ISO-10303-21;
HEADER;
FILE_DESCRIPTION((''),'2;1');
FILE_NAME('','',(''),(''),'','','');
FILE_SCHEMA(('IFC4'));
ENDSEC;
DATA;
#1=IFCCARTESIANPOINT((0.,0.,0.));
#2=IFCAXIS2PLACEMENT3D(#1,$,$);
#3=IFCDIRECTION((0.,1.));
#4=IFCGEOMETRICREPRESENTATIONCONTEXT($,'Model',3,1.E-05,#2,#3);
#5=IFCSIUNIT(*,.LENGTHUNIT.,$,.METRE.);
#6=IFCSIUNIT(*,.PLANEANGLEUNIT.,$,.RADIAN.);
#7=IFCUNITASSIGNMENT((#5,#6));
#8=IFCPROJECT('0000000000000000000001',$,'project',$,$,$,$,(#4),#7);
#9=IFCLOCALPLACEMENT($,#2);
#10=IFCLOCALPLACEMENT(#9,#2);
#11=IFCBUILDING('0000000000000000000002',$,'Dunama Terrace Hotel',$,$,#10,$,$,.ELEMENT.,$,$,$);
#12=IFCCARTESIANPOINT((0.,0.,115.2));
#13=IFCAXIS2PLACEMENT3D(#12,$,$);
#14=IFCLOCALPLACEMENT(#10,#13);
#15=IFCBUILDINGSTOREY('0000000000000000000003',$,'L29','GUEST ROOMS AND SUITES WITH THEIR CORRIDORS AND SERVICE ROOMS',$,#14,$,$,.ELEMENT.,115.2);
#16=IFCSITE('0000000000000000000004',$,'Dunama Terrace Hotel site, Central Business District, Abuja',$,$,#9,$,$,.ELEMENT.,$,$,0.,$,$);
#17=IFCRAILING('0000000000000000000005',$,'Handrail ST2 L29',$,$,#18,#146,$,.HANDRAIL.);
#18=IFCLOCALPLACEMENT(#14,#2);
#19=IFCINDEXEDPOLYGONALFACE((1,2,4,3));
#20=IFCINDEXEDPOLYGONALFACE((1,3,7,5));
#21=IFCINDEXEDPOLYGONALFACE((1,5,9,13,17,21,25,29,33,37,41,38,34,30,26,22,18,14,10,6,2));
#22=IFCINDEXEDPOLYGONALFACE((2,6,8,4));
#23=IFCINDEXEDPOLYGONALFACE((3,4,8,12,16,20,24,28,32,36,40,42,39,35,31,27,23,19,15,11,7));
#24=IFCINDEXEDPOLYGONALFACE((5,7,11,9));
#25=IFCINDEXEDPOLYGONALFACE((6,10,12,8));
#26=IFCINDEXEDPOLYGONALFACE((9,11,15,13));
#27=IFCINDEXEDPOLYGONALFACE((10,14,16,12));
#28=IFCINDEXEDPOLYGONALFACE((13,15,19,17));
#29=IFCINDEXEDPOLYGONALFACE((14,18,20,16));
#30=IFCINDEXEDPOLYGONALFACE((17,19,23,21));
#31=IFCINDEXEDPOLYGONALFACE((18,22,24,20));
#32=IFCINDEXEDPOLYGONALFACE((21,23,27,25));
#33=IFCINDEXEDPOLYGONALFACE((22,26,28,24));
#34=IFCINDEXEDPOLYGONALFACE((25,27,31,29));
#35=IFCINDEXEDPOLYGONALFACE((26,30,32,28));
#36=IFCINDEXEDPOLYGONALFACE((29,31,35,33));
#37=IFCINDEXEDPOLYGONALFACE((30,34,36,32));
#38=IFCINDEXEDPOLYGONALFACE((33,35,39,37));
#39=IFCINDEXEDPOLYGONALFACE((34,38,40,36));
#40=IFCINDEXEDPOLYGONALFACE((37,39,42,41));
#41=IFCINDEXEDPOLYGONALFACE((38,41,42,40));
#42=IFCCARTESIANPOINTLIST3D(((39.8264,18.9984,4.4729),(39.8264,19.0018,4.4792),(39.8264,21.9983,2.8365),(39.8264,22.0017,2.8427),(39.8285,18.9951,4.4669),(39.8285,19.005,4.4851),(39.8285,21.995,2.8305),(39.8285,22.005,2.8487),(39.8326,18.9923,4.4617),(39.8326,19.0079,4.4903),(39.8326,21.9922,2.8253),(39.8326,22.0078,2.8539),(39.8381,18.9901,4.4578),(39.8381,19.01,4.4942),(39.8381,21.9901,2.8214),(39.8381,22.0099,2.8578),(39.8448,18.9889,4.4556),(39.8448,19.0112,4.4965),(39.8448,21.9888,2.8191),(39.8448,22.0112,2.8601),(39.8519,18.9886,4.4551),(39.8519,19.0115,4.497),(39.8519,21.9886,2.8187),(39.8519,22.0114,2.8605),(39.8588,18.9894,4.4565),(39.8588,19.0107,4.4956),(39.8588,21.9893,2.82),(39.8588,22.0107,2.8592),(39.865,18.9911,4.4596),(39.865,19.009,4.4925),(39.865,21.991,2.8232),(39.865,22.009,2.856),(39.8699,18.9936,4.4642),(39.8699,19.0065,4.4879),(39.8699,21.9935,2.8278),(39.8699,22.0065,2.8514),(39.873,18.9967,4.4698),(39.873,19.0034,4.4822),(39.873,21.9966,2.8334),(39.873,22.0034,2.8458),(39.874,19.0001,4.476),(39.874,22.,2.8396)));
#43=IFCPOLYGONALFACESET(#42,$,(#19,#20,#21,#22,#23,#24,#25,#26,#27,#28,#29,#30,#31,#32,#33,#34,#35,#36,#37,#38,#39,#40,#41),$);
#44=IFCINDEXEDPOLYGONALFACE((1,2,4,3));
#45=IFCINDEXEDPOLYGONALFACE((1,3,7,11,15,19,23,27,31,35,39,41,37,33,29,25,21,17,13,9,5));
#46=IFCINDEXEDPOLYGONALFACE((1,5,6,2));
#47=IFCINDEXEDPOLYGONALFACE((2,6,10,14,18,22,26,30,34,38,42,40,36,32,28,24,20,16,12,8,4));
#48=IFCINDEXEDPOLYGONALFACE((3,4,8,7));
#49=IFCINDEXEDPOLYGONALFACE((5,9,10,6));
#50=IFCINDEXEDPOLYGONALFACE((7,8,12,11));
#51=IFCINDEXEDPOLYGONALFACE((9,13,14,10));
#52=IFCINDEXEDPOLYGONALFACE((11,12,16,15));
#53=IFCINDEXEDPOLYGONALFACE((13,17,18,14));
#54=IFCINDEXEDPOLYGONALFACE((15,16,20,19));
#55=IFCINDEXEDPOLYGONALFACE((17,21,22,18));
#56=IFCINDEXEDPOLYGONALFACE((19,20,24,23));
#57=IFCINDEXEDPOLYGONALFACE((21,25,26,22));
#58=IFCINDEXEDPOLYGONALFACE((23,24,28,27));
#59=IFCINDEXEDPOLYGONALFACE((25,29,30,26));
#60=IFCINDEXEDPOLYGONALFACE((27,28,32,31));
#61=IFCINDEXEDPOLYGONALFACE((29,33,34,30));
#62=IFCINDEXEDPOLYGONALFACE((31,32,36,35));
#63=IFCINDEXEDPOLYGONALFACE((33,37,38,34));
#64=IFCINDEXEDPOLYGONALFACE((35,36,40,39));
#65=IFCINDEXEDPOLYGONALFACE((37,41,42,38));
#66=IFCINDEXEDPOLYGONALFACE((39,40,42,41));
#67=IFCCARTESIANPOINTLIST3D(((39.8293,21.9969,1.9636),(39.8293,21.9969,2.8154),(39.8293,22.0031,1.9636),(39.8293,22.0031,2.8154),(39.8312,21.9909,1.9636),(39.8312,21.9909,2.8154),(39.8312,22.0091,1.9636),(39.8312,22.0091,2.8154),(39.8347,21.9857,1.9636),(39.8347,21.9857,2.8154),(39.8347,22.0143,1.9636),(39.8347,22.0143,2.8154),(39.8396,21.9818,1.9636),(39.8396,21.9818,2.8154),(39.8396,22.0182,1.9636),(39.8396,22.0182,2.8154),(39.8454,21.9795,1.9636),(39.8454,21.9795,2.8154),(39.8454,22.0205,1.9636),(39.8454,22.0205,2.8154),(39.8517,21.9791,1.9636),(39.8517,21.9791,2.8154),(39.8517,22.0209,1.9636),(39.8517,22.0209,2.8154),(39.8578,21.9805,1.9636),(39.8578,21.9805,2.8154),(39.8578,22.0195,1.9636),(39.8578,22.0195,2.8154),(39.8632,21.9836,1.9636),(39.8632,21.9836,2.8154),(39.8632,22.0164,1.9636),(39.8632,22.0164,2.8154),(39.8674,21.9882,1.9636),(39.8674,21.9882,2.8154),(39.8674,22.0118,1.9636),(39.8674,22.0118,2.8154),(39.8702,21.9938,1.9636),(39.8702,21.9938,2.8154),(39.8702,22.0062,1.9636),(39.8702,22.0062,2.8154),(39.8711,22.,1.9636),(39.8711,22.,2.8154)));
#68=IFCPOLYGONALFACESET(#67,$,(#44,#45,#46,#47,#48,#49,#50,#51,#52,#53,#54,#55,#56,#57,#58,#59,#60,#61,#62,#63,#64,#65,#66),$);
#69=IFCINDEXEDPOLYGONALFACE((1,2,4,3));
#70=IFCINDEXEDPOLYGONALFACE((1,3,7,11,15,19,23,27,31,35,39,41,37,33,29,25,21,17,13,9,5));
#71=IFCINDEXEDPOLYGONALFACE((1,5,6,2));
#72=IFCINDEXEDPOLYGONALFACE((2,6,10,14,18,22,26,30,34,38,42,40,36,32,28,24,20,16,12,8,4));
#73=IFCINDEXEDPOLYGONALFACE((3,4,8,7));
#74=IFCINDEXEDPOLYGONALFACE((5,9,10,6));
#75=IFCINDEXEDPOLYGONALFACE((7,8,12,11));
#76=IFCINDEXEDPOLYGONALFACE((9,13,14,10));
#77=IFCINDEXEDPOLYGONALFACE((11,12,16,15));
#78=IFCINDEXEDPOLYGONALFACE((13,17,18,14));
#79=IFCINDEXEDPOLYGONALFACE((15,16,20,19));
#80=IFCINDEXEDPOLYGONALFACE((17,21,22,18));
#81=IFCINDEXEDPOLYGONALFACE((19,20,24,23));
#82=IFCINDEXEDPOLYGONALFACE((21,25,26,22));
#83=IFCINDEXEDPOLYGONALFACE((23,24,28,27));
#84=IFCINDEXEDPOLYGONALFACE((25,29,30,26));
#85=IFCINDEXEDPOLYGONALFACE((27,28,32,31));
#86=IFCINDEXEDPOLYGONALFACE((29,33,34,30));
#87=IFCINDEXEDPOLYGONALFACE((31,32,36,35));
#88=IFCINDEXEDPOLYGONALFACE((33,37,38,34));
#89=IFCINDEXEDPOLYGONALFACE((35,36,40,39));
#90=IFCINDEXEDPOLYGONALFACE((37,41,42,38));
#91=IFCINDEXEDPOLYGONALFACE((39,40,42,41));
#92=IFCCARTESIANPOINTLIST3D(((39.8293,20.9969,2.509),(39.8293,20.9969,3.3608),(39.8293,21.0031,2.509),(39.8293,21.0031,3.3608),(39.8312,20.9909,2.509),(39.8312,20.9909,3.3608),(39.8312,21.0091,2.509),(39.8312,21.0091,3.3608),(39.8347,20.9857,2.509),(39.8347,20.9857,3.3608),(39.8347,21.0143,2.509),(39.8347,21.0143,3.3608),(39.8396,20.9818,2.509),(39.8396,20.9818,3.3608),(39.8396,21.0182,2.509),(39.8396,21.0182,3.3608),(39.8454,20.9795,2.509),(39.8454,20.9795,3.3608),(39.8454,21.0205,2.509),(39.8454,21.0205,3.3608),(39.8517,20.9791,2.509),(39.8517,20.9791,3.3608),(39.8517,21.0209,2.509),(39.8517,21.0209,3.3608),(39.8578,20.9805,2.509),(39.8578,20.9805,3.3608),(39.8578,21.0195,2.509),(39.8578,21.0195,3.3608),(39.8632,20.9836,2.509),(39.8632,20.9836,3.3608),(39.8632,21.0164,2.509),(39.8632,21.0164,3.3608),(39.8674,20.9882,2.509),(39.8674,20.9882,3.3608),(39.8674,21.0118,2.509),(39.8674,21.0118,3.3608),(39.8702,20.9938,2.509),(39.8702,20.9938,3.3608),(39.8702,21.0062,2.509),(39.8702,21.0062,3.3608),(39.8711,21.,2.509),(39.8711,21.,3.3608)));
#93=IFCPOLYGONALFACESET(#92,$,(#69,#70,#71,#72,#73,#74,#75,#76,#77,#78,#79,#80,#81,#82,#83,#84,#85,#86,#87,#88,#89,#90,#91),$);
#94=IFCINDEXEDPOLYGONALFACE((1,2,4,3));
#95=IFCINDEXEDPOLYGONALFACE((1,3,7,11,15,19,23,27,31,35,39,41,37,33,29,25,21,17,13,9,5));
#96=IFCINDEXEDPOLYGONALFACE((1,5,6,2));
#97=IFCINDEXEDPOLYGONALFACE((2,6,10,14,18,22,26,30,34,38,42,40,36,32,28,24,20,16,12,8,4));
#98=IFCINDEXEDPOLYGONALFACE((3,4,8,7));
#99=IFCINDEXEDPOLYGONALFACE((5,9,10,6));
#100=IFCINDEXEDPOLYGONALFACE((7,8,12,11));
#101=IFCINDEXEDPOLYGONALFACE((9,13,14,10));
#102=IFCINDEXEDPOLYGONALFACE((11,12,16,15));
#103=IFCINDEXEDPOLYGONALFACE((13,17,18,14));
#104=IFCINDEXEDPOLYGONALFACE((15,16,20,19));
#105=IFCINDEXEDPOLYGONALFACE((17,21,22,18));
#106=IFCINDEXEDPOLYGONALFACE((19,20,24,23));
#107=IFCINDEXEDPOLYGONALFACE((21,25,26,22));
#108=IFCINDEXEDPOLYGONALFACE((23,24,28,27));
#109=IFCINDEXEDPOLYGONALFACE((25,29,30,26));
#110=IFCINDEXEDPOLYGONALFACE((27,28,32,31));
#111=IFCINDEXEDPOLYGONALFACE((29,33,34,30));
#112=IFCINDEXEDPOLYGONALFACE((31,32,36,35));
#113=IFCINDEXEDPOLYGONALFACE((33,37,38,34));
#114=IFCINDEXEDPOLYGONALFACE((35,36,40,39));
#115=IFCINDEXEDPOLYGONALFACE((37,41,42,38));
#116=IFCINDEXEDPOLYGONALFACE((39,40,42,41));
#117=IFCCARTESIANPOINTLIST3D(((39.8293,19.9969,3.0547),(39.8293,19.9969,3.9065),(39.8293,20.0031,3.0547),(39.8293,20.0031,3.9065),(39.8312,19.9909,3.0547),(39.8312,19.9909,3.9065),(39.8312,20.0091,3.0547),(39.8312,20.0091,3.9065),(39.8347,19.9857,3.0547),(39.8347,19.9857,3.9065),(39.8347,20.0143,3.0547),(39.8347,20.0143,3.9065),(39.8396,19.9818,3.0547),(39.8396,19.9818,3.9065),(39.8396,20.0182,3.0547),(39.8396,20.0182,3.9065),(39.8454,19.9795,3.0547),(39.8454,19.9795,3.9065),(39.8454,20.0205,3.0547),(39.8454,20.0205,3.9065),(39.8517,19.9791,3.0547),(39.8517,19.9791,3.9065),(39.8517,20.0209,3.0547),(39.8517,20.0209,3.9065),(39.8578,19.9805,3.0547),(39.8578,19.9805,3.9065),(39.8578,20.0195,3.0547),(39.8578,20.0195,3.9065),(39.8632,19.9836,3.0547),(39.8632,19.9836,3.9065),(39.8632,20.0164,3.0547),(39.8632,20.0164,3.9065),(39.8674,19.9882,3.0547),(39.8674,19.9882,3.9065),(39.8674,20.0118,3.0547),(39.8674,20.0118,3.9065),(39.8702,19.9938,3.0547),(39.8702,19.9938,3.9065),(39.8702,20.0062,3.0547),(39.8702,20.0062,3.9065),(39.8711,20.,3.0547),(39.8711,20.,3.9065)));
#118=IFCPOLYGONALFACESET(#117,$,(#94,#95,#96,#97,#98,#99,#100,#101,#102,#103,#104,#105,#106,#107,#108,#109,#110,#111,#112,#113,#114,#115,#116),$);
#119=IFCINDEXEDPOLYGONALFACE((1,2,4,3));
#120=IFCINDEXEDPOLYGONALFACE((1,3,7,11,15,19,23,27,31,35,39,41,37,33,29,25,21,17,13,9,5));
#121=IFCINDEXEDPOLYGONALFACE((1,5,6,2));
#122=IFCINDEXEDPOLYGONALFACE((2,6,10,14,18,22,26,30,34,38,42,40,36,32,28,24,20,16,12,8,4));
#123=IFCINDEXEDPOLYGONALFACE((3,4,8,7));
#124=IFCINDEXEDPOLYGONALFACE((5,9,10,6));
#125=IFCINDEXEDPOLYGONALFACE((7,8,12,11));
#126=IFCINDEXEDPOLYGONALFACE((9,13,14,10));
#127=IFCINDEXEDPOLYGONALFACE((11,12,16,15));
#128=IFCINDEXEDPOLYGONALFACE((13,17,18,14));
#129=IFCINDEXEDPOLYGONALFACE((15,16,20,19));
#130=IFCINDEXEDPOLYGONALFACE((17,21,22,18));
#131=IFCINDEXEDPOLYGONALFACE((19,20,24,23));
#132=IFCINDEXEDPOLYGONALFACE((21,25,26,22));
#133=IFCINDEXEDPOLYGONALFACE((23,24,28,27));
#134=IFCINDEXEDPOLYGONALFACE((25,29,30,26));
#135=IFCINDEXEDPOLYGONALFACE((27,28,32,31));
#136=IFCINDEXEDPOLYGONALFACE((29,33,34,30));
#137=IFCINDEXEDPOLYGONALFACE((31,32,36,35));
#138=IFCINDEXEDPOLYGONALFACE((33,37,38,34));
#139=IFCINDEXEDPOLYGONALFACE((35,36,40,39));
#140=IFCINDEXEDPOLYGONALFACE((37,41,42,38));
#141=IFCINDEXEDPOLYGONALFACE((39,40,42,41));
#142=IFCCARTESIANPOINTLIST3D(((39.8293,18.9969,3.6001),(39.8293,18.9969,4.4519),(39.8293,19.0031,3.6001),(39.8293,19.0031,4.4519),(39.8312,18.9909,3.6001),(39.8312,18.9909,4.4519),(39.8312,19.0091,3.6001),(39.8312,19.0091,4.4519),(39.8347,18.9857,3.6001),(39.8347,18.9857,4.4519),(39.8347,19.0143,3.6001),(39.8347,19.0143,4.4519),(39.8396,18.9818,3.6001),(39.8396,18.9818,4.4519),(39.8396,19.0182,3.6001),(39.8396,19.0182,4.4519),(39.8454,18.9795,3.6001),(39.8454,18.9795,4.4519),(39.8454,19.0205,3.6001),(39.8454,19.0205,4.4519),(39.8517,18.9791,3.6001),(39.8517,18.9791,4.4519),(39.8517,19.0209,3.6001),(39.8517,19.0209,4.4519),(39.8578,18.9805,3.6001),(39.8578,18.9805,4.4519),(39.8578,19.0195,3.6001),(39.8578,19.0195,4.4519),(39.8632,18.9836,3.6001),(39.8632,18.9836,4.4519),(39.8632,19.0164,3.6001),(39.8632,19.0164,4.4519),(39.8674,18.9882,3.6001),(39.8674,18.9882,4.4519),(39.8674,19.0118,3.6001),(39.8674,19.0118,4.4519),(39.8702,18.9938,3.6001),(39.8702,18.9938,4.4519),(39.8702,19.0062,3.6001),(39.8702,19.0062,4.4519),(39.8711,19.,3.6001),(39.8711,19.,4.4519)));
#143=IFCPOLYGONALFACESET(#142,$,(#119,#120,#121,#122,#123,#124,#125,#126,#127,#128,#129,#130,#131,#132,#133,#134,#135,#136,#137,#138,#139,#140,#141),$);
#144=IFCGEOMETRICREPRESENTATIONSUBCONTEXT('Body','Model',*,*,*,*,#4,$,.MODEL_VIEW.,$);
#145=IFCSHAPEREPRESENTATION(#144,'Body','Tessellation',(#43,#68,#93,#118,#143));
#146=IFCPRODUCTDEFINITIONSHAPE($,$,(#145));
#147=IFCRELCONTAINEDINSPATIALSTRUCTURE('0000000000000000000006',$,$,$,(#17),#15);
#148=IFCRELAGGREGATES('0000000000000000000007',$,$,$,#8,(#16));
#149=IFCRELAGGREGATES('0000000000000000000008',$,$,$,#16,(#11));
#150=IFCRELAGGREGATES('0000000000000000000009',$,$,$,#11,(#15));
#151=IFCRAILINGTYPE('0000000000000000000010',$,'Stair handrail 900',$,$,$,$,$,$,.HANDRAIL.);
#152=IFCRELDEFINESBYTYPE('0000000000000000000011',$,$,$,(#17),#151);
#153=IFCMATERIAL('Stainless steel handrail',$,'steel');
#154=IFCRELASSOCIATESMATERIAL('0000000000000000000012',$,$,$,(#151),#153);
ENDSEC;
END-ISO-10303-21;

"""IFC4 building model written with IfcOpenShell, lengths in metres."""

from ifc_helpers import new_model, si_unit, direction, frame, origin, origin_2d, place, context, subcontext, project, spatial, circle, extrude, material, type_object, element, save


model = new_model("IFC4")

# Units and contexts
model_context = context("Model", 3, precision=1e-05, world=origin(), true_north=direction((0.0, 1.0)))
body_context = subcontext(model_context, "Body", "Model", "MODEL_VIEW")
ifc_project = project(units=[si_unit("LENGTHUNIT", "METRE"), si_unit("PLANEANGLEUNIT", "RADIAN")], contexts=[model_context])

# Site, building, storey
site_placement = place(None, origin())
site = spatial("IfcSite", under=ifc_project, at=site_placement, Name="Dunama Terrace Hotel site, Central Business District, Abuja", CompositionType="ELEMENT", RefElevation=0.0)
building_placement = place(site_placement, origin())
building = spatial("IfcBuilding", under=site, at=building_placement, Name="Dunama Terrace Hotel", CompositionType="ELEMENT")
storey_placement = place(building_placement, frame((0.0, 0.0, 115.2)))
storey = spatial("IfcBuildingStorey", under=building, at=storey_placement, Name="L29", Description="GUEST ROOMS AND SUITES WITH THEIR CORRIDORS AND SERVICE ROOMS", CompositionType="ELEMENT", Elevation=115.2)

# Railing
ifc_material_1 = material(Name="Stainless steel handrail", Category="steel")
railing_type = type_object("IfcRailingType", Name="Stair handrail 900", PredefinedType="HANDRAIL", material=ifc_material_1)
railing_1_placement = place(storey_placement, frame((39.8501, 22.0, 1.9636)))
element("IfcRailing", 1, at=railing_1_placement, inside=storey, type_object=railing_type, Name="Handrail ST2 L29", PredefinedType="HANDRAIL", context=body_context, shape_type="SweptSolid", body=[
    extrude(circle(Radius=0.0239, at=origin_2d()), frame((0.0, 0.0, 0.876), z_axis=(0.0, -0.877882, 0.478877), x_axis=(1.0, 0.0, 0.0)), (0.0, 0.0, 1.0), 3.4172),
    extrude(circle(Radius=0.021, at=origin_2d()), origin(), (0.0, 0.0, 1.0), 0.8518),
    extrude(circle(Radius=0.021, at=origin_2d()), frame((0.0, -1.0, 0.5454)), (0.0, 0.0, 1.0), 0.8518),
    extrude(circle(Radius=0.021, at=origin_2d()), frame((0.0, -2.0, 1.0911)), (0.0, 0.0, 1.0), 0.8518),
    extrude(circle(Radius=0.021, at=origin_2d()), frame((0.0, -3.0, 1.6365)), (0.0, 0.0, 1.0), 0.8518),
])

save(model, "model.ifc")
